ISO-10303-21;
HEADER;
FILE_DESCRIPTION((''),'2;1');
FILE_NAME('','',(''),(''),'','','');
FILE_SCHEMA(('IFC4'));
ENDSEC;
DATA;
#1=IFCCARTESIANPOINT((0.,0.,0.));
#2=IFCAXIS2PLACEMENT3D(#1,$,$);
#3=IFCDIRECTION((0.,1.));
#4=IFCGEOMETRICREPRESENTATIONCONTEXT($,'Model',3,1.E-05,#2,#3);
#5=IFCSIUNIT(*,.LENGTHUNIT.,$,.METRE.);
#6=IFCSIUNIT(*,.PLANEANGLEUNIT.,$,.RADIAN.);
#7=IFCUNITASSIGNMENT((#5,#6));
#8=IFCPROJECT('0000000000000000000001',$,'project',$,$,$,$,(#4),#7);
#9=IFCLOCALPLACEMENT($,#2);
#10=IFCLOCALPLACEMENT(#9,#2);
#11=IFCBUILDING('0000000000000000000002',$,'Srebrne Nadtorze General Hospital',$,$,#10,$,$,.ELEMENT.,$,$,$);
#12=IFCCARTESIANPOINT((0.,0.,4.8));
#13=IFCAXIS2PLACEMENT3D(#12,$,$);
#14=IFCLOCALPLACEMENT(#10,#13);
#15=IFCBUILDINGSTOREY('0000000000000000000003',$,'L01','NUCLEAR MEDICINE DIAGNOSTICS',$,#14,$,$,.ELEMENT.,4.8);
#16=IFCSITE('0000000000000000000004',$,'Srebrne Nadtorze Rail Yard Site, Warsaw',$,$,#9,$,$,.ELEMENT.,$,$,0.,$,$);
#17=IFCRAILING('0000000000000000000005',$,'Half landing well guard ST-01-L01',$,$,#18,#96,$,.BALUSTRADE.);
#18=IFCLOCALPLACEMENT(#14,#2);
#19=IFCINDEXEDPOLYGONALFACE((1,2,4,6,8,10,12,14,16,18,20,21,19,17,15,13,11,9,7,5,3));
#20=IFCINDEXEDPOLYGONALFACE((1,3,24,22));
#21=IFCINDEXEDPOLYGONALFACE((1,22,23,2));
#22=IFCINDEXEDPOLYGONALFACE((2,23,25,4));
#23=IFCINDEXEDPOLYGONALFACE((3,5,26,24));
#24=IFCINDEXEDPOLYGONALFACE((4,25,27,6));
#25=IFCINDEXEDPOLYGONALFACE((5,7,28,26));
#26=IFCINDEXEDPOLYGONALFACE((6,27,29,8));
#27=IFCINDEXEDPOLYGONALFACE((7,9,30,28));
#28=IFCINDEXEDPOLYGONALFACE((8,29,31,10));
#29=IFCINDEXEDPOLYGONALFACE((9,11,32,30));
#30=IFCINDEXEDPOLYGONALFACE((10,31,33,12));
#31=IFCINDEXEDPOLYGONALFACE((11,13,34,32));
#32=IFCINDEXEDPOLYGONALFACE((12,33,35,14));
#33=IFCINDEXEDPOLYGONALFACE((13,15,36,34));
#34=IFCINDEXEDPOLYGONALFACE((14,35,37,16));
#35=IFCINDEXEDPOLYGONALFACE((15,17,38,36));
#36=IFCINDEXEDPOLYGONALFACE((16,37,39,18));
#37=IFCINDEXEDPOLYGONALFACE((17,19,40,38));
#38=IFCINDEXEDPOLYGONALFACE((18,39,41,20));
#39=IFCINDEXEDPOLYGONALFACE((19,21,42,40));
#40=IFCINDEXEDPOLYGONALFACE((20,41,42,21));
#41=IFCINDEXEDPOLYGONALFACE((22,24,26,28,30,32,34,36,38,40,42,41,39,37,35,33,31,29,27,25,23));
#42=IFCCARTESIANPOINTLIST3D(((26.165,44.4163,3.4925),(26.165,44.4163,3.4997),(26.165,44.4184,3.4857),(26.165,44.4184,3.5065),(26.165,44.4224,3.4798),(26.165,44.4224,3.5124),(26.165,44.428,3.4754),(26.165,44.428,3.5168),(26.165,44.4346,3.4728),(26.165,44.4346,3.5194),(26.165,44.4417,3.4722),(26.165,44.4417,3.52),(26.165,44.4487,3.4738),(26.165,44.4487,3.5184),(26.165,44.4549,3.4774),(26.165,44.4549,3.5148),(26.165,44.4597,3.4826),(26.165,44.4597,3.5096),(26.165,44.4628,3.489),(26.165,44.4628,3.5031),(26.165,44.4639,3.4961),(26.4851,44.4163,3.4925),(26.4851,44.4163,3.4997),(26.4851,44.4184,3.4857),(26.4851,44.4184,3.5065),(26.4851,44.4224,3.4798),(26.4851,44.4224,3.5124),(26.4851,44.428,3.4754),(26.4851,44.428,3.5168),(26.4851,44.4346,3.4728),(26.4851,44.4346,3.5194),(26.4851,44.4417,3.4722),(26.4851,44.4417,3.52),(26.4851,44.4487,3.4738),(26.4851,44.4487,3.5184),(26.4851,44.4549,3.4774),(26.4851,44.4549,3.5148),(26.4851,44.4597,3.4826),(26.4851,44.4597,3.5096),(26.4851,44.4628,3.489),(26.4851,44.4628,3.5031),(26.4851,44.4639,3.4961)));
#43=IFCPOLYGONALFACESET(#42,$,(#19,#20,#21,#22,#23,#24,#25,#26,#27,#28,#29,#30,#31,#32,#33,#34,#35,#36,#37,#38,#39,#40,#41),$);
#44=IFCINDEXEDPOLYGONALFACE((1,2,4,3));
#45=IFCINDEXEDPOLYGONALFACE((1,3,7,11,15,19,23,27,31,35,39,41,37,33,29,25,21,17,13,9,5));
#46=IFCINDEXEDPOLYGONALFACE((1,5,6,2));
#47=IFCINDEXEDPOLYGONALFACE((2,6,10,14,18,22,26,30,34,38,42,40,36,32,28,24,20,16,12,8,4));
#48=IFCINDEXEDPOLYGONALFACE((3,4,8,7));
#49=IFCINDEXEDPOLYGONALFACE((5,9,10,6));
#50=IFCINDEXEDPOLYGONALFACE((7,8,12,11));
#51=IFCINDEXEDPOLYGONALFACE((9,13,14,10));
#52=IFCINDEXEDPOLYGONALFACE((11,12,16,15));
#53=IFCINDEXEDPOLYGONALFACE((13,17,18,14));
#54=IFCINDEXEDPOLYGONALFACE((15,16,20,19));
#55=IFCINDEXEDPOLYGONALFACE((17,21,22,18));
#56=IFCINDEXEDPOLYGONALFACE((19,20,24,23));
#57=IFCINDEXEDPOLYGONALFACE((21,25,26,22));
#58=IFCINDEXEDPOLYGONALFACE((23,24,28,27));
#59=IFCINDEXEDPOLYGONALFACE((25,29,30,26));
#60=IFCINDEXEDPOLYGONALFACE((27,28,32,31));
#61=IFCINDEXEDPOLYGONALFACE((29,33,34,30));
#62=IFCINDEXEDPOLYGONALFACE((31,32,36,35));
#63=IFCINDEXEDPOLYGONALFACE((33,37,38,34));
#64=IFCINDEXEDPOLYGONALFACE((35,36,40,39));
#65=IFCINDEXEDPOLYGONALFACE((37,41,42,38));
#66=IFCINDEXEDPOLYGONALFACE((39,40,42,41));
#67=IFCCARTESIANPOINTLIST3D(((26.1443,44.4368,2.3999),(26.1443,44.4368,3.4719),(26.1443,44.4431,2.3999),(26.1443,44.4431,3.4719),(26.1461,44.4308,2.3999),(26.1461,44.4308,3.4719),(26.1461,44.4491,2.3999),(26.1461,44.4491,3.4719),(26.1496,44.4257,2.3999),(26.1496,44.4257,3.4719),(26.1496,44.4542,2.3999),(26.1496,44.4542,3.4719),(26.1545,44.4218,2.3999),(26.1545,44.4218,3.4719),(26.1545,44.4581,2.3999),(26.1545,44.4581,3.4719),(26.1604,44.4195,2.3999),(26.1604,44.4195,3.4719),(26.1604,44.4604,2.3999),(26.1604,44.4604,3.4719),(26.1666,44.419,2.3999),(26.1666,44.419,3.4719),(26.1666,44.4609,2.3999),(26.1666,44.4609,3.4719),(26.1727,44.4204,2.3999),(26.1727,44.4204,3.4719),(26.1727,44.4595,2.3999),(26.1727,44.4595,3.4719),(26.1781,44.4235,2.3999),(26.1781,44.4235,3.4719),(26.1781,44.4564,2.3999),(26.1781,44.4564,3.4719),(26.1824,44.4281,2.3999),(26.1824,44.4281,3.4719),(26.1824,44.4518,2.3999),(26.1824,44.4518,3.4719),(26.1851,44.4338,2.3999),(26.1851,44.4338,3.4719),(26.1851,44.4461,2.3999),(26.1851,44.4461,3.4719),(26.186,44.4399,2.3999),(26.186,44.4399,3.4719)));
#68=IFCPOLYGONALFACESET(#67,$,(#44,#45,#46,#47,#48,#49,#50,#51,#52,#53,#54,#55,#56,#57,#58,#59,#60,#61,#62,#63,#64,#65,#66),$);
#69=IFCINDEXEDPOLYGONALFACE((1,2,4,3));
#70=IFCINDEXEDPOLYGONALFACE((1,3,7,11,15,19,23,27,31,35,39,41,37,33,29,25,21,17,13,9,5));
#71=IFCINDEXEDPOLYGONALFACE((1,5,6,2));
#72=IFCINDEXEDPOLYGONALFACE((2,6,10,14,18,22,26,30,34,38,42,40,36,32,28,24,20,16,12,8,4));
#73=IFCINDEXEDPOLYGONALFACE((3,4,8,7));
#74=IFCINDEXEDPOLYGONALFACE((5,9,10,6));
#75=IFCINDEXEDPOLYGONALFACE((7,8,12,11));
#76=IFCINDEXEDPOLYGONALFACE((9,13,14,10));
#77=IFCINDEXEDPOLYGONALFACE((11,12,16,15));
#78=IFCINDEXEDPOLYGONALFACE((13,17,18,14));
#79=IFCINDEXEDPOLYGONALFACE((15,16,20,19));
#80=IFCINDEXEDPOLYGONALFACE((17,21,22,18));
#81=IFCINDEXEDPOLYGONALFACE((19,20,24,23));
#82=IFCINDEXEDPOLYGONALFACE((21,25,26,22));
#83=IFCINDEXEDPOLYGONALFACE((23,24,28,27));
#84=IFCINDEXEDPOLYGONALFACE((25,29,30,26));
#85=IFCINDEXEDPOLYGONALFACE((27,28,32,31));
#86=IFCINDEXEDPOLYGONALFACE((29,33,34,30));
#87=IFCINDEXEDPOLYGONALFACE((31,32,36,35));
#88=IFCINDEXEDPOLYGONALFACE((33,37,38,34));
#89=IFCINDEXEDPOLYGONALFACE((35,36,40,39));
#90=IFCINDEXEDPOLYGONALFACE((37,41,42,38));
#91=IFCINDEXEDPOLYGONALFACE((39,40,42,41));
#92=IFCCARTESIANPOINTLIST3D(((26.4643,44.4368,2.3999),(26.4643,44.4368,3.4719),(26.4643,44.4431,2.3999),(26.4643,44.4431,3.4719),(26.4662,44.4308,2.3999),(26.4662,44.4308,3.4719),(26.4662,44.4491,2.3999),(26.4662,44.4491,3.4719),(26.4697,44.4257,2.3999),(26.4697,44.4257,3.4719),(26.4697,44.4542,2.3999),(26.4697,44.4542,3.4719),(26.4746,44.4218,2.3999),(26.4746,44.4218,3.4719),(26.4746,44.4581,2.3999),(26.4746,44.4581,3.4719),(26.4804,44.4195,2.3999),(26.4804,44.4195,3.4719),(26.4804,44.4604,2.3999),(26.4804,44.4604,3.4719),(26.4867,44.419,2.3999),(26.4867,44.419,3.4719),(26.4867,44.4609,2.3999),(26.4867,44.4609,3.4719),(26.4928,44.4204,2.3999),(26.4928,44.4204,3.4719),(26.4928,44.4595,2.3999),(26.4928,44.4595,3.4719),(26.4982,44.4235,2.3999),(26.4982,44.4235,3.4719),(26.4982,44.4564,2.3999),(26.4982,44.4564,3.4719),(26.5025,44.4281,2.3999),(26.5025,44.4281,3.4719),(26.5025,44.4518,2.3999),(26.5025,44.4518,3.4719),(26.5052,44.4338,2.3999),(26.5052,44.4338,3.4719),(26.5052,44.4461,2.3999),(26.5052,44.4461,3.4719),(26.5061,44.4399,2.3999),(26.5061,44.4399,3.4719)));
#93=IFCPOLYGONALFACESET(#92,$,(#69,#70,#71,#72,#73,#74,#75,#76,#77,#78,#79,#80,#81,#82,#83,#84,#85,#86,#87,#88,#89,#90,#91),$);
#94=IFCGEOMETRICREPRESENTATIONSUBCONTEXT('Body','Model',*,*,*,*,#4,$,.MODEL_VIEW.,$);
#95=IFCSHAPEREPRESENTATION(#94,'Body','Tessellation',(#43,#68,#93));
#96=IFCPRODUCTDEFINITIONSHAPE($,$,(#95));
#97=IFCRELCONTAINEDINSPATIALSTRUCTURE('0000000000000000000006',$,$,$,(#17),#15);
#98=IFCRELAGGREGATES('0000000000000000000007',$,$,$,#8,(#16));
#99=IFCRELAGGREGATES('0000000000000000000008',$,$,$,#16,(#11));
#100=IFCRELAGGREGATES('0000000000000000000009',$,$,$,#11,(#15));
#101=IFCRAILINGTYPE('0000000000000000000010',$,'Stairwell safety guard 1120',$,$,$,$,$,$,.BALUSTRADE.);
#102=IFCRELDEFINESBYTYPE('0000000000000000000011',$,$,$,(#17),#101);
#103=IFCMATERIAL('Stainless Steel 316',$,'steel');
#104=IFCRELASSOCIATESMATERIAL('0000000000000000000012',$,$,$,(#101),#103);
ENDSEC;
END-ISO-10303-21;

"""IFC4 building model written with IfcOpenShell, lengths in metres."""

from ifc_helpers import new_model, si_unit, direction, frame, origin, origin_2d, place, context, subcontext, project, spatial, circle, extrude, material, type_object, element, save


model = new_model("IFC4")

# Units and contexts
model_context = context("Model", 3, precision=1e-05, world=origin(), true_north=direction((0.0, 1.0)))
body_context = subcontext(model_context, "Body", "Model", "MODEL_VIEW")
ifc_project = project(units=[si_unit("LENGTHUNIT", "METRE"), si_unit("PLANEANGLEUNIT", "RADIAN")], contexts=[model_context])

# Site, building, storey
site_placement = place(None, origin())
site = spatial("IfcSite", under=ifc_project, at=site_placement, Name="Srebrne Nadtorze Rail Yard Site, Warsaw", CompositionType="ELEMENT", RefElevation=0.0)
building_placement = place(site_placement, origin())
building = spatial("IfcBuilding", under=site, at=building_placement, Name="Srebrne Nadtorze General Hospital", CompositionType="ELEMENT")
storey_placement = place(building_placement, frame((0.0, 0.0, 4.8)))
storey = spatial("IfcBuildingStorey", under=building, at=storey_placement, Name="L01", Description="NUCLEAR MEDICINE DIAGNOSTICS", CompositionType="ELEMENT", Elevation=4.8)

# Railing
ifc_material_1 = material(Name="Stainless Steel 316", Category="steel")
railing_type_1 = type_object("IfcRailingType", Name="Stairwell safety guard 1120", PredefinedType="BALUSTRADE", material=ifc_material_1)
railing_1_placement = place(storey_placement, frame((26.165, 44.4399, 2.3999)))
element("IfcRailing", 1, at=railing_1_placement, inside=storey, type_object=railing_type_1, Name="Half landing well guard ST-01-L01", PredefinedType="BALUSTRADE", context=body_context, shape_type="SweptSolid", body=[
    extrude(circle(Radius=0.0239, at=origin_2d()), frame((0.0, 0.0, 1.0962), z_axis=(1.0, 0.0, 0.0), x_axis=(0.0, 1.0, 0.0)), (0.0, 0.0, 1.0), 0.3201),
    extrude(circle(Radius=0.021, at=origin_2d()), origin(), (0.0, 0.0, 1.0), 1.072),
    extrude(circle(Radius=0.021, at=origin_2d()), frame((0.3201, 0.0, 0.0)), (0.0, 0.0, 1.0), 1.072),
])

save(model, "model.ifc")
